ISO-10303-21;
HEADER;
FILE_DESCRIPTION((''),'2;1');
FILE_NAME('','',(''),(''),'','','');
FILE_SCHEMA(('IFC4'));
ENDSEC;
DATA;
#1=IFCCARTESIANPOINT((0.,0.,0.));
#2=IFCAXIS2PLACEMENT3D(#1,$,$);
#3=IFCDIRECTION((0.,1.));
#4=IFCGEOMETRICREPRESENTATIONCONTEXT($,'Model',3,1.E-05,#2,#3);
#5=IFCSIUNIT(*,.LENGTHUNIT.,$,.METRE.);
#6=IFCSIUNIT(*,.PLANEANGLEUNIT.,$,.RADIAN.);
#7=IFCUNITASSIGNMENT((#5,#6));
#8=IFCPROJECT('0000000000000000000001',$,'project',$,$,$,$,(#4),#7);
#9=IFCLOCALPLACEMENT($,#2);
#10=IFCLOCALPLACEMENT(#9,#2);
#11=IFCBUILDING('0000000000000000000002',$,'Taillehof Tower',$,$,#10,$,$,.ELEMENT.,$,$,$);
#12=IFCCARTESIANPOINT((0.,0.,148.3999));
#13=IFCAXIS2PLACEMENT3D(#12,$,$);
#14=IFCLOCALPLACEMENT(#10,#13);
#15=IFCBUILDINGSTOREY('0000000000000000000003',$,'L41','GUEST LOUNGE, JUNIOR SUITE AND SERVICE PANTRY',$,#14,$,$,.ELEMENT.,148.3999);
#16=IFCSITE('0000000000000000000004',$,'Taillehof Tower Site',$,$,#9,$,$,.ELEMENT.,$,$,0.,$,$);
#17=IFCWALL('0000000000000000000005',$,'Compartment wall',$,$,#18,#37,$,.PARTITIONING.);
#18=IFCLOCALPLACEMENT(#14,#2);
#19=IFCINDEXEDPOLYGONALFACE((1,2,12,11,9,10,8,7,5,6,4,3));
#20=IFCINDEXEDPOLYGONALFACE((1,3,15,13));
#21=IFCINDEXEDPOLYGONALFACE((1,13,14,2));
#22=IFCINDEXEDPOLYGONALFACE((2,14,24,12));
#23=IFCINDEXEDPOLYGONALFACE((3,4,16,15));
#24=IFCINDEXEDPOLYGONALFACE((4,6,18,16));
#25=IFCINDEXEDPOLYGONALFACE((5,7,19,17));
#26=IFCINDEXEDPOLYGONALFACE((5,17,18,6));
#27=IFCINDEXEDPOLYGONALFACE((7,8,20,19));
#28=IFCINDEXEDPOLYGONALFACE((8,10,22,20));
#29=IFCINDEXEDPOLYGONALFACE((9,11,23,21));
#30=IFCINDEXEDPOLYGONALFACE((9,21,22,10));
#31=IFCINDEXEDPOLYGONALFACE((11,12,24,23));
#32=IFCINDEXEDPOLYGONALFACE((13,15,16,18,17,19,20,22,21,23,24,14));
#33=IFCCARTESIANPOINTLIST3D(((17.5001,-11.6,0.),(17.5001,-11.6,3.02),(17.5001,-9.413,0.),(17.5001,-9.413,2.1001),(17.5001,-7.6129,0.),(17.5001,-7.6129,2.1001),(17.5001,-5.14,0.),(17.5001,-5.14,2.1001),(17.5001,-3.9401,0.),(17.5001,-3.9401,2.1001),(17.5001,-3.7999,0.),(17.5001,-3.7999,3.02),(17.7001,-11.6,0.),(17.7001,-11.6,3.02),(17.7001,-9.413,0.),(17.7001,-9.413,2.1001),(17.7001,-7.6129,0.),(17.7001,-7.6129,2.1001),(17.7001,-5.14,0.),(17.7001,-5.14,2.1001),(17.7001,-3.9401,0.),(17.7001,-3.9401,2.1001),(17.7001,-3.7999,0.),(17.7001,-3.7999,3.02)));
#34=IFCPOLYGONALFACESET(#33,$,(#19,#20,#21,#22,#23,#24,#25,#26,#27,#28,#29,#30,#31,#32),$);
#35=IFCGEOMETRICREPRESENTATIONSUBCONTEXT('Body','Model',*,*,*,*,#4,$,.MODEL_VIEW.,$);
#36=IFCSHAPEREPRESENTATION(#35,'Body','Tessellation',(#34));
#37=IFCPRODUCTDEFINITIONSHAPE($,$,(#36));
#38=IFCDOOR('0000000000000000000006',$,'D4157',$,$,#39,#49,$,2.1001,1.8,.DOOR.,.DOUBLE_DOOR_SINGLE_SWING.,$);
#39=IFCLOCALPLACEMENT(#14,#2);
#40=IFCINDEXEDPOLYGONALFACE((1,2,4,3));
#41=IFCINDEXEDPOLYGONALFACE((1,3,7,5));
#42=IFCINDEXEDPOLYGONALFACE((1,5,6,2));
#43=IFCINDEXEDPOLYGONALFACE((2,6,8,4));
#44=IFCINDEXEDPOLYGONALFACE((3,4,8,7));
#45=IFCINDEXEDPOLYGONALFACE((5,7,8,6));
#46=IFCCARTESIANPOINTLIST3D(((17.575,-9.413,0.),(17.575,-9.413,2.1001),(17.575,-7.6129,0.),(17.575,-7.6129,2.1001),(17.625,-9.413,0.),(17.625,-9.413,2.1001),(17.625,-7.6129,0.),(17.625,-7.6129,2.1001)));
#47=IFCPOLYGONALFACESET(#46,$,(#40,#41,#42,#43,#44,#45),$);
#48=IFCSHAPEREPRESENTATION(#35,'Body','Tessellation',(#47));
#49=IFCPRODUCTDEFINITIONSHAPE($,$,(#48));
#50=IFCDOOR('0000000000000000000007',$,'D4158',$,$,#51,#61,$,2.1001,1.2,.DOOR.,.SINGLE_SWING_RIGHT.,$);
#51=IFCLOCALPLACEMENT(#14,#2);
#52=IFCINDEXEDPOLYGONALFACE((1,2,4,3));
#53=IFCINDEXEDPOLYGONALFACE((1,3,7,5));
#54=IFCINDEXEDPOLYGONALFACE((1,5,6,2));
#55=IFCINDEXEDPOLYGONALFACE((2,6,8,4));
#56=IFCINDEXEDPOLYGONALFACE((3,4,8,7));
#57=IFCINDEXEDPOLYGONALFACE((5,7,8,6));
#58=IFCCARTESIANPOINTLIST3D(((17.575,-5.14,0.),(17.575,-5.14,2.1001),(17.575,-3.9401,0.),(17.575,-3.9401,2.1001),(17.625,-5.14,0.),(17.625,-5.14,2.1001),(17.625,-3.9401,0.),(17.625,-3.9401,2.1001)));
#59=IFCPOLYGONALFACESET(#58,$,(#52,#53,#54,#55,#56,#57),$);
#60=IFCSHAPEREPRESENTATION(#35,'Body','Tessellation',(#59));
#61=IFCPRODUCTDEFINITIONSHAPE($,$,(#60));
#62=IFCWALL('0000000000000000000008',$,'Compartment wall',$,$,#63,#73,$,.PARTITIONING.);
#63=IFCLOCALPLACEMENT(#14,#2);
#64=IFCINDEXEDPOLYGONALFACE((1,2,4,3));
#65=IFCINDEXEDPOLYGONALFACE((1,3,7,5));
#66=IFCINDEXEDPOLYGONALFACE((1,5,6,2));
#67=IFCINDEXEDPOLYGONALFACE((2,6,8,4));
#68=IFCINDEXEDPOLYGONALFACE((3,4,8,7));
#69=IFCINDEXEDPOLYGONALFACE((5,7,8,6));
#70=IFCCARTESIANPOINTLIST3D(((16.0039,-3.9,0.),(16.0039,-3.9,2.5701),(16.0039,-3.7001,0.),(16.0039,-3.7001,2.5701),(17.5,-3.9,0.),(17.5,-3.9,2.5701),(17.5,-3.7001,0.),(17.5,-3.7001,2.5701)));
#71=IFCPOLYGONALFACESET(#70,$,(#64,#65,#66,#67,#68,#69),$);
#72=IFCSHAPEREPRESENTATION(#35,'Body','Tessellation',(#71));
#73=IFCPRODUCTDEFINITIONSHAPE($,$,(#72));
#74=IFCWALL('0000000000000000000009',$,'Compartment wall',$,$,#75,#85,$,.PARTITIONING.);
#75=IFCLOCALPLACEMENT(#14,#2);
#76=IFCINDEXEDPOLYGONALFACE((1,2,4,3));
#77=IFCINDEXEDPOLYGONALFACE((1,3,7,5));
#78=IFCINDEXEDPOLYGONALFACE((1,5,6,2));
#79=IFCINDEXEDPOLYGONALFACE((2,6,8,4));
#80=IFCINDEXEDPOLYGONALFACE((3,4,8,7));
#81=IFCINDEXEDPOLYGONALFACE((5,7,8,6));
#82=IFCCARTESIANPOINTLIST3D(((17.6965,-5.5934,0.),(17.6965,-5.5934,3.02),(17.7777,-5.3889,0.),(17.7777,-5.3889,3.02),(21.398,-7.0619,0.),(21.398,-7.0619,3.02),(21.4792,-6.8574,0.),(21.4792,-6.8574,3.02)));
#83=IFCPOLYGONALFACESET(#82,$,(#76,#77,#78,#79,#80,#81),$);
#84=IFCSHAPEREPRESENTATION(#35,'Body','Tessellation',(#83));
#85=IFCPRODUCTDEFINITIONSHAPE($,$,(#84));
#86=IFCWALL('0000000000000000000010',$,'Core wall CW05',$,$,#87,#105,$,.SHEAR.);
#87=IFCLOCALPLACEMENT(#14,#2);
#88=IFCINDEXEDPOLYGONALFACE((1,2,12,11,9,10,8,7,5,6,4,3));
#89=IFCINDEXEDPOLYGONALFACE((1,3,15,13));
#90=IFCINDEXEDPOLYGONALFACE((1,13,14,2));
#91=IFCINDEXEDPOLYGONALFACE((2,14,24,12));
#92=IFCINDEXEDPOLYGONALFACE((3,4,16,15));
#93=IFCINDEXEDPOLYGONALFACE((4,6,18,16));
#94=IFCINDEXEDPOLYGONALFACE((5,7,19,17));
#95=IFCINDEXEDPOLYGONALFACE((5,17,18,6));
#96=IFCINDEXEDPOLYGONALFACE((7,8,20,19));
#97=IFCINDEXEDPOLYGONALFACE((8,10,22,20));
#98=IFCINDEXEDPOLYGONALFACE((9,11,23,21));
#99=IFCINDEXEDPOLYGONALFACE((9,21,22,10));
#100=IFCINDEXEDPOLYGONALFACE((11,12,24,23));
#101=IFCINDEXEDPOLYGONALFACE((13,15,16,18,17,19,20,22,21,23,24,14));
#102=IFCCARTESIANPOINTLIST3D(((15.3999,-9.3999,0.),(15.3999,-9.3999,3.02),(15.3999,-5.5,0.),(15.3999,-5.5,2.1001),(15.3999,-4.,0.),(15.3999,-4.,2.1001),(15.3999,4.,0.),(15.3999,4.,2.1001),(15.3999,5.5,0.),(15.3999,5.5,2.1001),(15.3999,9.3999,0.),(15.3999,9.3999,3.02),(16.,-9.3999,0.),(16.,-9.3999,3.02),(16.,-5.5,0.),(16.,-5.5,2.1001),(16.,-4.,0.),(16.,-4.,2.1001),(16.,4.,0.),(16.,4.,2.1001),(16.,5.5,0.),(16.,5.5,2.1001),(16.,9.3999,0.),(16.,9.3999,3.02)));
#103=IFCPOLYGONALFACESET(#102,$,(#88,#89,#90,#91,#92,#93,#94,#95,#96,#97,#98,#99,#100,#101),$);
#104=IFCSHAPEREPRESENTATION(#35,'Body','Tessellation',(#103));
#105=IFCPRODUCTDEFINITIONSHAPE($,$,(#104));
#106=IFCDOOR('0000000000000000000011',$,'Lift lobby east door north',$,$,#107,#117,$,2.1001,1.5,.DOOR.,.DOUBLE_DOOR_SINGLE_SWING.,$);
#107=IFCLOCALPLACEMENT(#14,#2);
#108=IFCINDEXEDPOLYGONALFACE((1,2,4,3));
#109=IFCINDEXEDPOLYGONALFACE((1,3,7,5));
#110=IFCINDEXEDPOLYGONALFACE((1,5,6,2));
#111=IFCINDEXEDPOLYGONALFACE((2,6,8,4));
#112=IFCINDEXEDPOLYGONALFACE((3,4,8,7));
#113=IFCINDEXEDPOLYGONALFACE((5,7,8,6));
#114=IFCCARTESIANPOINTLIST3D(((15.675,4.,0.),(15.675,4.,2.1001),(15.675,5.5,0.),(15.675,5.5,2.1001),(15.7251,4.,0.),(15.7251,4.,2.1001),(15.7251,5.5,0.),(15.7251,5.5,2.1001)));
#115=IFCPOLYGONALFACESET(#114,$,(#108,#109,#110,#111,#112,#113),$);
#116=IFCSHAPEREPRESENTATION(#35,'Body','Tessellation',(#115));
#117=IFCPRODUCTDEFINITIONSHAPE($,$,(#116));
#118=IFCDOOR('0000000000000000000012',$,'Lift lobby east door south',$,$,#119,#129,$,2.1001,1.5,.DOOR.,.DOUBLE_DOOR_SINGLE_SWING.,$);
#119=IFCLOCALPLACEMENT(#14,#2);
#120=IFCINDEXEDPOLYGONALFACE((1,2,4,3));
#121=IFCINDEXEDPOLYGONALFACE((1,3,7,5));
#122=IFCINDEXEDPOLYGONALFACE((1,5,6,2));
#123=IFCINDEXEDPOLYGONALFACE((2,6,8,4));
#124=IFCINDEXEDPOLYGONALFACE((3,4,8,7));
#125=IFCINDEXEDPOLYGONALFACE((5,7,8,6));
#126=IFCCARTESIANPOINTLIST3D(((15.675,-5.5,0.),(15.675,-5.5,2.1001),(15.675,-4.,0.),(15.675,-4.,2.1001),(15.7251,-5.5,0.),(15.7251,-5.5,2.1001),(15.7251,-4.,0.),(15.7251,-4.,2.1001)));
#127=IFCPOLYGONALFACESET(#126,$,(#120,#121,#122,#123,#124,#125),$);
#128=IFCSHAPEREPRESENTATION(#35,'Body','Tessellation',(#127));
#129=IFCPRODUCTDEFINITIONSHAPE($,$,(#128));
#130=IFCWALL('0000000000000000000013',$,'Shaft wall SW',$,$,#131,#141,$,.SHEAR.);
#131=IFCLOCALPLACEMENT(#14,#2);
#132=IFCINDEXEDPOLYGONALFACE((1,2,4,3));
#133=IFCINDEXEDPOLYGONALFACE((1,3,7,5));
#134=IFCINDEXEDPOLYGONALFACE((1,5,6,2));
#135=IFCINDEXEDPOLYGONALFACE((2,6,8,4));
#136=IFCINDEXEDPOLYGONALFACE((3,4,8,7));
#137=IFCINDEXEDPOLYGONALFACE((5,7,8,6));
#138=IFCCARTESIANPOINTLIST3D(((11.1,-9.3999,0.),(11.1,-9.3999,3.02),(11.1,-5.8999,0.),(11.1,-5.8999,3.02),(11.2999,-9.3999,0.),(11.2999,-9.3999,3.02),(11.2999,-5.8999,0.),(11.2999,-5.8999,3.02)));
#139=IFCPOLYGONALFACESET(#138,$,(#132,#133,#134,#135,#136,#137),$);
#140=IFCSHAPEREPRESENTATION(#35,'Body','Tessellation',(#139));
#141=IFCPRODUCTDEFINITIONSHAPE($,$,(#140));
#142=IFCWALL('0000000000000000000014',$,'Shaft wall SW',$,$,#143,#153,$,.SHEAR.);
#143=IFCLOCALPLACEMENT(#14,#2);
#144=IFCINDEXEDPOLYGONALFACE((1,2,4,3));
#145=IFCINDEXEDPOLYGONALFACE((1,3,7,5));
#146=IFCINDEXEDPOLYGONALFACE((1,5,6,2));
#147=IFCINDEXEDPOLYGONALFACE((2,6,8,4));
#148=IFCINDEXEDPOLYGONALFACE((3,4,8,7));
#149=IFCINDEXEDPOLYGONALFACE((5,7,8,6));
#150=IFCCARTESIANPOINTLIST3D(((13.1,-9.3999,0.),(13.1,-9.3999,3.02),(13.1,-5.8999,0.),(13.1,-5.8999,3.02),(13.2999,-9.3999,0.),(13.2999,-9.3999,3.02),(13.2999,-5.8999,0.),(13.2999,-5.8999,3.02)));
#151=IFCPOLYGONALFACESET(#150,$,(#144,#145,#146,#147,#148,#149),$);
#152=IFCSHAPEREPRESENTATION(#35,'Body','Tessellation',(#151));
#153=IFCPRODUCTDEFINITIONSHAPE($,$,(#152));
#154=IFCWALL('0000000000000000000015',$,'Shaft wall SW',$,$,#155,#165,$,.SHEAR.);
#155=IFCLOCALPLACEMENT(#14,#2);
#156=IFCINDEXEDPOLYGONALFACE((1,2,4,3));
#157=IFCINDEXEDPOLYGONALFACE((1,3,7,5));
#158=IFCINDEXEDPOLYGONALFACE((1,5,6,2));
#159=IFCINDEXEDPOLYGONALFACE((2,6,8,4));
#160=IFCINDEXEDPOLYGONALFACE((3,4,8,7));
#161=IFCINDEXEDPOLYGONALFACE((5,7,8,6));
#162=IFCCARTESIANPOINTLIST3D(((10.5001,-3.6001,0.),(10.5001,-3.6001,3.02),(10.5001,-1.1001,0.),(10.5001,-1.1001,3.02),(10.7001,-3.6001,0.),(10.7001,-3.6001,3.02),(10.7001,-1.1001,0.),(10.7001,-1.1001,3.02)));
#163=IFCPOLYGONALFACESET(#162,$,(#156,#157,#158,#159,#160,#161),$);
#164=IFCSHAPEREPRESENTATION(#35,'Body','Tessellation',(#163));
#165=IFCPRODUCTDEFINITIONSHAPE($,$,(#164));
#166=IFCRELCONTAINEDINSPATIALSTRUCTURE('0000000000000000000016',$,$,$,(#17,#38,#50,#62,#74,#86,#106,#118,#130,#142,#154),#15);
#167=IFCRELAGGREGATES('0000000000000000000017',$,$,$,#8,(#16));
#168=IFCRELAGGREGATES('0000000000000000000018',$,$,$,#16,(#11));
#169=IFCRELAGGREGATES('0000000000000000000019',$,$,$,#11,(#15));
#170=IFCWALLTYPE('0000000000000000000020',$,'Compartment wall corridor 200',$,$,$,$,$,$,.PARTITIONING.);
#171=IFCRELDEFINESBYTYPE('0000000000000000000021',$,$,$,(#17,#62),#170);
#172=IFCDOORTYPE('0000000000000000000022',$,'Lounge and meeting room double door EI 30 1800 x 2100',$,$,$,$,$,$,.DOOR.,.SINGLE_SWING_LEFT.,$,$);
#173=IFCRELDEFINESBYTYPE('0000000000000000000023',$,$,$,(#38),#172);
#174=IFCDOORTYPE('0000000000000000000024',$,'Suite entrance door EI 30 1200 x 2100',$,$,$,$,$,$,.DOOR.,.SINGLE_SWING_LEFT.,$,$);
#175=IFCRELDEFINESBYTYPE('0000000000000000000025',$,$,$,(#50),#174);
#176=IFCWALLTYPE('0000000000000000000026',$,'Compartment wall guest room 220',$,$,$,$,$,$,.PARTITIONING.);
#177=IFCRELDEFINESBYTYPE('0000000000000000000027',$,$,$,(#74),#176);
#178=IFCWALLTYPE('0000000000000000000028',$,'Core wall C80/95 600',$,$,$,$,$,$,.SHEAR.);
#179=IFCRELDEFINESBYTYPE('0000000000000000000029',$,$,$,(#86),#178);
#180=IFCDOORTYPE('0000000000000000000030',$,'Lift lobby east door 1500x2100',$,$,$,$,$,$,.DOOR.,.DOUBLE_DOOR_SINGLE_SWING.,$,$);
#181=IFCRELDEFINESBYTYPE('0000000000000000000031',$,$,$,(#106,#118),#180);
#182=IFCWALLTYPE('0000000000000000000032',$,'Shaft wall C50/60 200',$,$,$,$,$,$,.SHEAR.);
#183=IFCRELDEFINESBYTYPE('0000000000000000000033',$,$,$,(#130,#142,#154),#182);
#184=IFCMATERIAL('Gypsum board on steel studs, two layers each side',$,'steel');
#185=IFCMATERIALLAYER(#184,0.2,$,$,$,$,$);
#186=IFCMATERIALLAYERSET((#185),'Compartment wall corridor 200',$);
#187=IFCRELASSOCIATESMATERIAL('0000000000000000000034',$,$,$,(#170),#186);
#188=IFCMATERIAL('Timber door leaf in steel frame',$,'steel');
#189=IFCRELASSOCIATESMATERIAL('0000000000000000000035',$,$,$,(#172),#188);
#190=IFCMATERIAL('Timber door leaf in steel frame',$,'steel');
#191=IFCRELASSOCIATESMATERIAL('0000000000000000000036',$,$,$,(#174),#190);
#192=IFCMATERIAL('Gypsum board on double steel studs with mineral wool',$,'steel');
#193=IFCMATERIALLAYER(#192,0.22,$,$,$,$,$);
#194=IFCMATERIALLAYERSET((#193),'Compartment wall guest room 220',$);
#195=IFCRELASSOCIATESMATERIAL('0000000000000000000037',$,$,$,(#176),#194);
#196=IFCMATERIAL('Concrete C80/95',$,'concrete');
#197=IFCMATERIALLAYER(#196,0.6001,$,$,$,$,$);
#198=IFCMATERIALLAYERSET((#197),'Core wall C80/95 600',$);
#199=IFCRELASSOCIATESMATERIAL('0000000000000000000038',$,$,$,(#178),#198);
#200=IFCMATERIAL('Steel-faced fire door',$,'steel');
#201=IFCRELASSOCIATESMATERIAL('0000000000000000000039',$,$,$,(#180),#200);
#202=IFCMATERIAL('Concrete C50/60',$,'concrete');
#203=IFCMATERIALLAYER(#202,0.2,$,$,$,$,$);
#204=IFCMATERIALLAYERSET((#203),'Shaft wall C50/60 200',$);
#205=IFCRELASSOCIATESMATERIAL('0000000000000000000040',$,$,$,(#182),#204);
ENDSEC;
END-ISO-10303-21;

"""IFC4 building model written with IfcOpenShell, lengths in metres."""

from ifc_helpers import new_model, si_unit, direction, frame, frame_2d, origin, place, context, subcontext, project, spatial, rectangle, extrude, material, layer, layer_set, type_object, element, fill, save


model = new_model("IFC4")

# Units and contexts
model_context = context("Model", 3, precision=1e-05, world=origin(), true_north=direction((0.0, 1.0)))
body_context = subcontext(model_context, "Body", "Model", "MODEL_VIEW")
ifc_project = project(units=[si_unit("LENGTHUNIT", "METRE"), si_unit("PLANEANGLEUNIT", "RADIAN")], contexts=[model_context])

# Site, building, storey
site_placement = place(None, origin())
site = spatial("IfcSite", under=ifc_project, at=site_placement, Name="Taillehof Tower Site", CompositionType="ELEMENT", RefElevation=0.0)
building_placement = place(site_placement, origin())
building = spatial("IfcBuilding", under=site, at=building_placement, Name="Taillehof Tower", CompositionType="ELEMENT")
storey_placement = place(building_placement, frame((0.0, 0.0, 148.3999)))
storey = spatial("IfcBuildingStorey", under=building, at=storey_placement, Name="L41", Description="GUEST LOUNGE, JUNIOR SUITE AND SERVICE PANTRY", CompositionType="ELEMENT", Elevation=148.3999)

# Wall, openings, doors
ifc_material_1 = material(Name="Gypsum board on steel studs, two layers each side", Category="steel")
ifc_layer_1 = layer(ifc_material_1, 0.2)
ifc_layer_set_1 = layer_set([ifc_layer_1], Name="Compartment wall corridor 200")
wall_type_1 = type_object("IfcWallType", Name="Compartment wall corridor 200", PredefinedType="PARTITIONING", material=ifc_layer_set_1)
wall_1_placement = place(storey_placement, frame((17.6001, -3.8, 0.0), z_axis=(0.0, 0.0, 1.0), x_axis=(0.0, -1.0, 0.0)))
wall_1 = element("IfcWall", 1, at=wall_1_placement, inside=storey, type_object=wall_type_1, Name="Compartment wall", PredefinedType="PARTITIONING", context=body_context, shape_type="SweptSolid", body=[
    extrude(rectangle(XDim=7.8, YDim=0.2, at=frame_2d((3.8999, 0.0))), origin(), (0.0, 0.0, 1.0), 3.02),
])
opening_1_placement = place(wall_1_placement, frame((3.813, 0.0, 0.0)))
opening_1 = element("IfcOpeningElement", 2, at=opening_1_placement, cuts=wall_1, PredefinedType="OPENING", context=body_context, shape_type="SweptSolid", body=[
    extrude(rectangle(XDim=1.8, YDim=2.1001, at=frame_2d((0.8999, 1.05))), frame((0.0, 0.1099, 0.0), z_axis=(0.0, -1.0, 0.0), x_axis=(1.0, 0.0, 0.0)), (0.0, 0.0, 1.0), 0.22),
])
opening_2_placement = place(wall_1_placement, frame((0.1399, 0.0, 0.0)))
opening_2 = element("IfcOpeningElement", 3, at=opening_2_placement, cuts=wall_1, PredefinedType="OPENING", context=body_context, shape_type="SweptSolid", body=[
    extrude(rectangle(XDim=1.2, YDim=2.1001, at=frame_2d((0.6001, 1.05))), frame((0.0, 0.1099, 0.0), z_axis=(0.0, -1.0, 0.0), x_axis=(1.0, 0.0, 0.0)), (0.0, 0.0, 1.0), 0.22),
])
ifc_material_2 = material(Name="Timber door leaf in steel frame", Category="steel")
door_type_1 = type_object("IfcDoorType", Name="Lounge and meeting room double door EI 30 1800 x 2100", OperationType="SINGLE_SWING_LEFT", PredefinedType="DOOR", material=ifc_material_2)
door_1_placement = place(opening_1_placement, origin())
door_1 = element("IfcDoor", 4, at=door_1_placement, inside=storey, type_object=door_type_1, Name="D4157", OperationType="DOUBLE_DOOR_SINGLE_SWING", OverallHeight=2.1001, OverallWidth=1.8, PredefinedType="DOOR", context=body_context, shape_type="SweptSolid", body=[
    extrude(rectangle(XDim=1.8, YDim=2.1001, at=frame_2d((0.8999, 1.05))), frame((0.0, 0.0249, 0.0), z_axis=(0.0, -1.0, 0.0), x_axis=(1.0, 0.0, 0.0)), (0.0, 0.0, 1.0), 0.05),
])
fill(opening_1, door_1)
ifc_material_3 = material(Name="Timber door leaf in steel frame", Category="steel")
door_type_2 = type_object("IfcDoorType", Name="Suite entrance door EI 30 1200 x 2100", OperationType="SINGLE_SWING_LEFT", PredefinedType="DOOR", material=ifc_material_3)
door_2_placement = place(opening_2_placement, origin())
door_2 = element("IfcDoor", 5, at=door_2_placement, inside=storey, type_object=door_type_2, Name="D4158", OperationType="SINGLE_SWING_RIGHT", OverallHeight=2.1001, OverallWidth=1.2, PredefinedType="DOOR", context=body_context, shape_type="SweptSolid", body=[
    extrude(rectangle(XDim=1.2, YDim=2.1001, at=frame_2d((0.6001, 1.05))), frame((0.0, 0.0249, 0.0), z_axis=(0.0, -1.0, 0.0), x_axis=(1.0, 0.0, 0.0)), (0.0, 0.0, 1.0), 0.05),
])
fill(opening_2, door_2)

# Walls
wall_2_placement = place(storey_placement, frame((16.0039, -3.8, 0.0), z_axis=(0.0, 0.0, 1.0), x_axis=(1.0, 0.0, 0.0)))
element("IfcWall", 6, at=wall_2_placement, inside=storey, type_object=wall_type_1, Name="Compartment wall", PredefinedType="PARTITIONING", context=body_context, shape_type="SweptSolid", body=[
    extrude(rectangle(XDim=1.4961, YDim=0.2, at=frame_2d((0.748, 0.0))), origin(), (0.0, 0.0, 1.0), 2.5701),
])
ifc_material_4 = material(Name="Gypsum board on double steel studs with mineral wool", Category="steel")
ifc_layer_2 = layer(ifc_material_4, 0.22)
ifc_layer_set_2 = layer_set([ifc_layer_2], Name="Compartment wall guest room 220")
wall_type_2 = type_object("IfcWallType", Name="Compartment wall guest room 220", PredefinedType="PARTITIONING", material=ifc_layer_set_2)
wall_3_placement = place(storey_placement, frame((21.4387, -6.9597, 0.0), z_axis=(0.0, 0.0, 1.0), x_axis=(-0.929517, 0.368778, 0.0)))
element("IfcWall", 7, at=wall_3_placement, inside=storey, type_object=wall_type_2, Name="Compartment wall", PredefinedType="PARTITIONING", context=body_context, shape_type="SweptSolid", body=[
    extrude(rectangle(XDim=3.9822, YDim=0.22, at=frame_2d((1.9912, 0.0))), origin(), (0.0, 0.0, 1.0), 3.02),
])

# Wall, openings, doors
ifc_material_5 = material(Name="Concrete C80/95", Category="concrete")
ifc_layer_3 = layer(ifc_material_5, 0.6001)
ifc_layer_set_3 = layer_set([ifc_layer_3], Name="Core wall C80/95 600")
wall_type_3 = type_object("IfcWallType", Name="Core wall C80/95 600", PredefinedType="SHEAR", material=ifc_layer_set_3)
wall_4_placement = place(storey_placement, frame((15.7, -9.3999, 0.0), z_axis=(0.0, 0.0, 1.0), x_axis=(0.0, 1.0, 0.0)))
wall_4 = element("IfcWall", 8, at=wall_4_placement, inside=storey, type_object=wall_type_3, Name="Core wall CW05", PredefinedType="SHEAR", context=body_context, shape_type="SweptSolid", body=[
    extrude(rectangle(XDim=18.7998, YDim=0.6001, at=frame_2d((9.3999, 0.0))), origin(), (0.0, 0.0, 1.0), 3.02),
])
opening_3_placement = place(wall_4_placement, frame((13.3999, 0.0, 0.0)))
opening_3 = element("IfcOpeningElement", 9, at=opening_3_placement, cuts=wall_4, PredefinedType="OPENING", context=body_context, shape_type="SweptSolid", body=[
    extrude(rectangle(XDim=1.5, YDim=2.1001, at=frame_2d((0.75, 1.05))), frame((0.0, 0.3101, 0.0), z_axis=(0.0, -1.0, 0.0), x_axis=(1.0, 0.0, 0.0)), (0.0, 0.0, 1.0), 0.6201),
])
opening_4_placement = place(wall_4_placement, frame((3.8999, 0.0, 0.0)))
opening_4 = element("IfcOpeningElement", 10, at=opening_4_placement, cuts=wall_4, PredefinedType="OPENING", context=body_context, shape_type="SweptSolid", body=[
    extrude(rectangle(XDim=1.5, YDim=2.1001, at=frame_2d((0.75, 1.05))), frame((0.0, 0.3101, 0.0), z_axis=(0.0, -1.0, 0.0), x_axis=(1.0, 0.0, 0.0)), (0.0, 0.0, 1.0), 0.6201),
])
ifc_material_6 = material(Name="Steel-faced fire door", Category="steel")
door_type_3 = type_object("IfcDoorType", Name="Lift lobby east door 1500x2100", OperationType="DOUBLE_DOOR_SINGLE_SWING", PredefinedType="DOOR", material=ifc_material_6)
door_3_placement = place(opening_3_placement, origin())
door_3 = element("IfcDoor", 11, at=door_3_placement, inside=storey, type_object=door_type_3, Name="Lift lobby east door north", OperationType="DOUBLE_DOOR_SINGLE_SWING", OverallHeight=2.1001, OverallWidth=1.5, PredefinedType="DOOR", context=body_context, shape_type="SweptSolid", body=[
    extrude(rectangle(XDim=1.5, YDim=2.1001, at=frame_2d((0.75, 1.05))), frame((0.0, 0.0249, 0.0), z_axis=(0.0, -1.0, 0.0), x_axis=(1.0, 0.0, 0.0)), (0.0, 0.0, 1.0), 0.05),
])
fill(opening_3, door_3)
door_4_placement = place(opening_4_placement, origin())
door_4 = element("IfcDoor", 12, at=door_4_placement, inside=storey, type_object=door_type_3, Name="Lift lobby east door south", OperationType="DOUBLE_DOOR_SINGLE_SWING", OverallHeight=2.1001, OverallWidth=1.5, PredefinedType="DOOR", context=body_context, shape_type="SweptSolid", body=[
    extrude(rectangle(XDim=1.5, YDim=2.1001, at=frame_2d((0.75, 1.05))), frame((0.0, 0.0249, 0.0), z_axis=(0.0, -1.0, 0.0), x_axis=(1.0, 0.0, 0.0)), (0.0, 0.0, 1.0), 0.05),
])
fill(opening_4, door_4)

# Walls
ifc_material_7 = material(Name="Concrete C50/60", Category="concrete")
ifc_layer_4 = layer(ifc_material_7, 0.2)
ifc_layer_set_4 = layer_set([ifc_layer_4], Name="Shaft wall C50/60 200")
wall_type_4 = type_object("IfcWallType", Name="Shaft wall C50/60 200", PredefinedType="SHEAR", material=ifc_layer_set_4)
for number, where, z_axis, x_axis, name in (
    (13, (11.2, -9.3999, 0.0), (0.0, 0.0, 1.0), (0.0, 1.0, 0.0), "Shaft wall SW"),
    (14, (13.2, -9.3999, 0.0), (0.0, 0.0, 1.0), (0.0, 1.0, 0.0), "Shaft wall SW"),
):
    element("IfcWall", number, at=place(storey_placement, frame(where, z_axis=z_axis, x_axis=x_axis)), inside=storey, type_object=wall_type_4, Name=name, PredefinedType="SHEAR", context=body_context, shape_type="SweptSolid", body=[
        extrude(rectangle(XDim=3.5, YDim=0.2, at=frame_2d((1.75, 0.0))), origin(), (0.0, 0.0, 1.0), 3.02),
    ])
for number, where, z_axis, x_axis, name in (
    (15, (10.6001, -3.6001, 0.0), (0.0, 0.0, 1.0), (0.0, 1.0, 0.0), "Shaft wall SW"),
):
    element("IfcWall", number, at=place(storey_placement, frame(where, z_axis=z_axis, x_axis=x_axis)), inside=storey, type_object=wall_type_4, Name=name, PredefinedType="SHEAR", context=body_context, shape_type="SweptSolid", body=[
        extrude(rectangle(XDim=2.5, YDim=0.2, at=frame_2d((1.25, 0.0))), origin(), (0.0, 0.0, 1.0), 3.02),
    ])

save(model, "model.ifc")
